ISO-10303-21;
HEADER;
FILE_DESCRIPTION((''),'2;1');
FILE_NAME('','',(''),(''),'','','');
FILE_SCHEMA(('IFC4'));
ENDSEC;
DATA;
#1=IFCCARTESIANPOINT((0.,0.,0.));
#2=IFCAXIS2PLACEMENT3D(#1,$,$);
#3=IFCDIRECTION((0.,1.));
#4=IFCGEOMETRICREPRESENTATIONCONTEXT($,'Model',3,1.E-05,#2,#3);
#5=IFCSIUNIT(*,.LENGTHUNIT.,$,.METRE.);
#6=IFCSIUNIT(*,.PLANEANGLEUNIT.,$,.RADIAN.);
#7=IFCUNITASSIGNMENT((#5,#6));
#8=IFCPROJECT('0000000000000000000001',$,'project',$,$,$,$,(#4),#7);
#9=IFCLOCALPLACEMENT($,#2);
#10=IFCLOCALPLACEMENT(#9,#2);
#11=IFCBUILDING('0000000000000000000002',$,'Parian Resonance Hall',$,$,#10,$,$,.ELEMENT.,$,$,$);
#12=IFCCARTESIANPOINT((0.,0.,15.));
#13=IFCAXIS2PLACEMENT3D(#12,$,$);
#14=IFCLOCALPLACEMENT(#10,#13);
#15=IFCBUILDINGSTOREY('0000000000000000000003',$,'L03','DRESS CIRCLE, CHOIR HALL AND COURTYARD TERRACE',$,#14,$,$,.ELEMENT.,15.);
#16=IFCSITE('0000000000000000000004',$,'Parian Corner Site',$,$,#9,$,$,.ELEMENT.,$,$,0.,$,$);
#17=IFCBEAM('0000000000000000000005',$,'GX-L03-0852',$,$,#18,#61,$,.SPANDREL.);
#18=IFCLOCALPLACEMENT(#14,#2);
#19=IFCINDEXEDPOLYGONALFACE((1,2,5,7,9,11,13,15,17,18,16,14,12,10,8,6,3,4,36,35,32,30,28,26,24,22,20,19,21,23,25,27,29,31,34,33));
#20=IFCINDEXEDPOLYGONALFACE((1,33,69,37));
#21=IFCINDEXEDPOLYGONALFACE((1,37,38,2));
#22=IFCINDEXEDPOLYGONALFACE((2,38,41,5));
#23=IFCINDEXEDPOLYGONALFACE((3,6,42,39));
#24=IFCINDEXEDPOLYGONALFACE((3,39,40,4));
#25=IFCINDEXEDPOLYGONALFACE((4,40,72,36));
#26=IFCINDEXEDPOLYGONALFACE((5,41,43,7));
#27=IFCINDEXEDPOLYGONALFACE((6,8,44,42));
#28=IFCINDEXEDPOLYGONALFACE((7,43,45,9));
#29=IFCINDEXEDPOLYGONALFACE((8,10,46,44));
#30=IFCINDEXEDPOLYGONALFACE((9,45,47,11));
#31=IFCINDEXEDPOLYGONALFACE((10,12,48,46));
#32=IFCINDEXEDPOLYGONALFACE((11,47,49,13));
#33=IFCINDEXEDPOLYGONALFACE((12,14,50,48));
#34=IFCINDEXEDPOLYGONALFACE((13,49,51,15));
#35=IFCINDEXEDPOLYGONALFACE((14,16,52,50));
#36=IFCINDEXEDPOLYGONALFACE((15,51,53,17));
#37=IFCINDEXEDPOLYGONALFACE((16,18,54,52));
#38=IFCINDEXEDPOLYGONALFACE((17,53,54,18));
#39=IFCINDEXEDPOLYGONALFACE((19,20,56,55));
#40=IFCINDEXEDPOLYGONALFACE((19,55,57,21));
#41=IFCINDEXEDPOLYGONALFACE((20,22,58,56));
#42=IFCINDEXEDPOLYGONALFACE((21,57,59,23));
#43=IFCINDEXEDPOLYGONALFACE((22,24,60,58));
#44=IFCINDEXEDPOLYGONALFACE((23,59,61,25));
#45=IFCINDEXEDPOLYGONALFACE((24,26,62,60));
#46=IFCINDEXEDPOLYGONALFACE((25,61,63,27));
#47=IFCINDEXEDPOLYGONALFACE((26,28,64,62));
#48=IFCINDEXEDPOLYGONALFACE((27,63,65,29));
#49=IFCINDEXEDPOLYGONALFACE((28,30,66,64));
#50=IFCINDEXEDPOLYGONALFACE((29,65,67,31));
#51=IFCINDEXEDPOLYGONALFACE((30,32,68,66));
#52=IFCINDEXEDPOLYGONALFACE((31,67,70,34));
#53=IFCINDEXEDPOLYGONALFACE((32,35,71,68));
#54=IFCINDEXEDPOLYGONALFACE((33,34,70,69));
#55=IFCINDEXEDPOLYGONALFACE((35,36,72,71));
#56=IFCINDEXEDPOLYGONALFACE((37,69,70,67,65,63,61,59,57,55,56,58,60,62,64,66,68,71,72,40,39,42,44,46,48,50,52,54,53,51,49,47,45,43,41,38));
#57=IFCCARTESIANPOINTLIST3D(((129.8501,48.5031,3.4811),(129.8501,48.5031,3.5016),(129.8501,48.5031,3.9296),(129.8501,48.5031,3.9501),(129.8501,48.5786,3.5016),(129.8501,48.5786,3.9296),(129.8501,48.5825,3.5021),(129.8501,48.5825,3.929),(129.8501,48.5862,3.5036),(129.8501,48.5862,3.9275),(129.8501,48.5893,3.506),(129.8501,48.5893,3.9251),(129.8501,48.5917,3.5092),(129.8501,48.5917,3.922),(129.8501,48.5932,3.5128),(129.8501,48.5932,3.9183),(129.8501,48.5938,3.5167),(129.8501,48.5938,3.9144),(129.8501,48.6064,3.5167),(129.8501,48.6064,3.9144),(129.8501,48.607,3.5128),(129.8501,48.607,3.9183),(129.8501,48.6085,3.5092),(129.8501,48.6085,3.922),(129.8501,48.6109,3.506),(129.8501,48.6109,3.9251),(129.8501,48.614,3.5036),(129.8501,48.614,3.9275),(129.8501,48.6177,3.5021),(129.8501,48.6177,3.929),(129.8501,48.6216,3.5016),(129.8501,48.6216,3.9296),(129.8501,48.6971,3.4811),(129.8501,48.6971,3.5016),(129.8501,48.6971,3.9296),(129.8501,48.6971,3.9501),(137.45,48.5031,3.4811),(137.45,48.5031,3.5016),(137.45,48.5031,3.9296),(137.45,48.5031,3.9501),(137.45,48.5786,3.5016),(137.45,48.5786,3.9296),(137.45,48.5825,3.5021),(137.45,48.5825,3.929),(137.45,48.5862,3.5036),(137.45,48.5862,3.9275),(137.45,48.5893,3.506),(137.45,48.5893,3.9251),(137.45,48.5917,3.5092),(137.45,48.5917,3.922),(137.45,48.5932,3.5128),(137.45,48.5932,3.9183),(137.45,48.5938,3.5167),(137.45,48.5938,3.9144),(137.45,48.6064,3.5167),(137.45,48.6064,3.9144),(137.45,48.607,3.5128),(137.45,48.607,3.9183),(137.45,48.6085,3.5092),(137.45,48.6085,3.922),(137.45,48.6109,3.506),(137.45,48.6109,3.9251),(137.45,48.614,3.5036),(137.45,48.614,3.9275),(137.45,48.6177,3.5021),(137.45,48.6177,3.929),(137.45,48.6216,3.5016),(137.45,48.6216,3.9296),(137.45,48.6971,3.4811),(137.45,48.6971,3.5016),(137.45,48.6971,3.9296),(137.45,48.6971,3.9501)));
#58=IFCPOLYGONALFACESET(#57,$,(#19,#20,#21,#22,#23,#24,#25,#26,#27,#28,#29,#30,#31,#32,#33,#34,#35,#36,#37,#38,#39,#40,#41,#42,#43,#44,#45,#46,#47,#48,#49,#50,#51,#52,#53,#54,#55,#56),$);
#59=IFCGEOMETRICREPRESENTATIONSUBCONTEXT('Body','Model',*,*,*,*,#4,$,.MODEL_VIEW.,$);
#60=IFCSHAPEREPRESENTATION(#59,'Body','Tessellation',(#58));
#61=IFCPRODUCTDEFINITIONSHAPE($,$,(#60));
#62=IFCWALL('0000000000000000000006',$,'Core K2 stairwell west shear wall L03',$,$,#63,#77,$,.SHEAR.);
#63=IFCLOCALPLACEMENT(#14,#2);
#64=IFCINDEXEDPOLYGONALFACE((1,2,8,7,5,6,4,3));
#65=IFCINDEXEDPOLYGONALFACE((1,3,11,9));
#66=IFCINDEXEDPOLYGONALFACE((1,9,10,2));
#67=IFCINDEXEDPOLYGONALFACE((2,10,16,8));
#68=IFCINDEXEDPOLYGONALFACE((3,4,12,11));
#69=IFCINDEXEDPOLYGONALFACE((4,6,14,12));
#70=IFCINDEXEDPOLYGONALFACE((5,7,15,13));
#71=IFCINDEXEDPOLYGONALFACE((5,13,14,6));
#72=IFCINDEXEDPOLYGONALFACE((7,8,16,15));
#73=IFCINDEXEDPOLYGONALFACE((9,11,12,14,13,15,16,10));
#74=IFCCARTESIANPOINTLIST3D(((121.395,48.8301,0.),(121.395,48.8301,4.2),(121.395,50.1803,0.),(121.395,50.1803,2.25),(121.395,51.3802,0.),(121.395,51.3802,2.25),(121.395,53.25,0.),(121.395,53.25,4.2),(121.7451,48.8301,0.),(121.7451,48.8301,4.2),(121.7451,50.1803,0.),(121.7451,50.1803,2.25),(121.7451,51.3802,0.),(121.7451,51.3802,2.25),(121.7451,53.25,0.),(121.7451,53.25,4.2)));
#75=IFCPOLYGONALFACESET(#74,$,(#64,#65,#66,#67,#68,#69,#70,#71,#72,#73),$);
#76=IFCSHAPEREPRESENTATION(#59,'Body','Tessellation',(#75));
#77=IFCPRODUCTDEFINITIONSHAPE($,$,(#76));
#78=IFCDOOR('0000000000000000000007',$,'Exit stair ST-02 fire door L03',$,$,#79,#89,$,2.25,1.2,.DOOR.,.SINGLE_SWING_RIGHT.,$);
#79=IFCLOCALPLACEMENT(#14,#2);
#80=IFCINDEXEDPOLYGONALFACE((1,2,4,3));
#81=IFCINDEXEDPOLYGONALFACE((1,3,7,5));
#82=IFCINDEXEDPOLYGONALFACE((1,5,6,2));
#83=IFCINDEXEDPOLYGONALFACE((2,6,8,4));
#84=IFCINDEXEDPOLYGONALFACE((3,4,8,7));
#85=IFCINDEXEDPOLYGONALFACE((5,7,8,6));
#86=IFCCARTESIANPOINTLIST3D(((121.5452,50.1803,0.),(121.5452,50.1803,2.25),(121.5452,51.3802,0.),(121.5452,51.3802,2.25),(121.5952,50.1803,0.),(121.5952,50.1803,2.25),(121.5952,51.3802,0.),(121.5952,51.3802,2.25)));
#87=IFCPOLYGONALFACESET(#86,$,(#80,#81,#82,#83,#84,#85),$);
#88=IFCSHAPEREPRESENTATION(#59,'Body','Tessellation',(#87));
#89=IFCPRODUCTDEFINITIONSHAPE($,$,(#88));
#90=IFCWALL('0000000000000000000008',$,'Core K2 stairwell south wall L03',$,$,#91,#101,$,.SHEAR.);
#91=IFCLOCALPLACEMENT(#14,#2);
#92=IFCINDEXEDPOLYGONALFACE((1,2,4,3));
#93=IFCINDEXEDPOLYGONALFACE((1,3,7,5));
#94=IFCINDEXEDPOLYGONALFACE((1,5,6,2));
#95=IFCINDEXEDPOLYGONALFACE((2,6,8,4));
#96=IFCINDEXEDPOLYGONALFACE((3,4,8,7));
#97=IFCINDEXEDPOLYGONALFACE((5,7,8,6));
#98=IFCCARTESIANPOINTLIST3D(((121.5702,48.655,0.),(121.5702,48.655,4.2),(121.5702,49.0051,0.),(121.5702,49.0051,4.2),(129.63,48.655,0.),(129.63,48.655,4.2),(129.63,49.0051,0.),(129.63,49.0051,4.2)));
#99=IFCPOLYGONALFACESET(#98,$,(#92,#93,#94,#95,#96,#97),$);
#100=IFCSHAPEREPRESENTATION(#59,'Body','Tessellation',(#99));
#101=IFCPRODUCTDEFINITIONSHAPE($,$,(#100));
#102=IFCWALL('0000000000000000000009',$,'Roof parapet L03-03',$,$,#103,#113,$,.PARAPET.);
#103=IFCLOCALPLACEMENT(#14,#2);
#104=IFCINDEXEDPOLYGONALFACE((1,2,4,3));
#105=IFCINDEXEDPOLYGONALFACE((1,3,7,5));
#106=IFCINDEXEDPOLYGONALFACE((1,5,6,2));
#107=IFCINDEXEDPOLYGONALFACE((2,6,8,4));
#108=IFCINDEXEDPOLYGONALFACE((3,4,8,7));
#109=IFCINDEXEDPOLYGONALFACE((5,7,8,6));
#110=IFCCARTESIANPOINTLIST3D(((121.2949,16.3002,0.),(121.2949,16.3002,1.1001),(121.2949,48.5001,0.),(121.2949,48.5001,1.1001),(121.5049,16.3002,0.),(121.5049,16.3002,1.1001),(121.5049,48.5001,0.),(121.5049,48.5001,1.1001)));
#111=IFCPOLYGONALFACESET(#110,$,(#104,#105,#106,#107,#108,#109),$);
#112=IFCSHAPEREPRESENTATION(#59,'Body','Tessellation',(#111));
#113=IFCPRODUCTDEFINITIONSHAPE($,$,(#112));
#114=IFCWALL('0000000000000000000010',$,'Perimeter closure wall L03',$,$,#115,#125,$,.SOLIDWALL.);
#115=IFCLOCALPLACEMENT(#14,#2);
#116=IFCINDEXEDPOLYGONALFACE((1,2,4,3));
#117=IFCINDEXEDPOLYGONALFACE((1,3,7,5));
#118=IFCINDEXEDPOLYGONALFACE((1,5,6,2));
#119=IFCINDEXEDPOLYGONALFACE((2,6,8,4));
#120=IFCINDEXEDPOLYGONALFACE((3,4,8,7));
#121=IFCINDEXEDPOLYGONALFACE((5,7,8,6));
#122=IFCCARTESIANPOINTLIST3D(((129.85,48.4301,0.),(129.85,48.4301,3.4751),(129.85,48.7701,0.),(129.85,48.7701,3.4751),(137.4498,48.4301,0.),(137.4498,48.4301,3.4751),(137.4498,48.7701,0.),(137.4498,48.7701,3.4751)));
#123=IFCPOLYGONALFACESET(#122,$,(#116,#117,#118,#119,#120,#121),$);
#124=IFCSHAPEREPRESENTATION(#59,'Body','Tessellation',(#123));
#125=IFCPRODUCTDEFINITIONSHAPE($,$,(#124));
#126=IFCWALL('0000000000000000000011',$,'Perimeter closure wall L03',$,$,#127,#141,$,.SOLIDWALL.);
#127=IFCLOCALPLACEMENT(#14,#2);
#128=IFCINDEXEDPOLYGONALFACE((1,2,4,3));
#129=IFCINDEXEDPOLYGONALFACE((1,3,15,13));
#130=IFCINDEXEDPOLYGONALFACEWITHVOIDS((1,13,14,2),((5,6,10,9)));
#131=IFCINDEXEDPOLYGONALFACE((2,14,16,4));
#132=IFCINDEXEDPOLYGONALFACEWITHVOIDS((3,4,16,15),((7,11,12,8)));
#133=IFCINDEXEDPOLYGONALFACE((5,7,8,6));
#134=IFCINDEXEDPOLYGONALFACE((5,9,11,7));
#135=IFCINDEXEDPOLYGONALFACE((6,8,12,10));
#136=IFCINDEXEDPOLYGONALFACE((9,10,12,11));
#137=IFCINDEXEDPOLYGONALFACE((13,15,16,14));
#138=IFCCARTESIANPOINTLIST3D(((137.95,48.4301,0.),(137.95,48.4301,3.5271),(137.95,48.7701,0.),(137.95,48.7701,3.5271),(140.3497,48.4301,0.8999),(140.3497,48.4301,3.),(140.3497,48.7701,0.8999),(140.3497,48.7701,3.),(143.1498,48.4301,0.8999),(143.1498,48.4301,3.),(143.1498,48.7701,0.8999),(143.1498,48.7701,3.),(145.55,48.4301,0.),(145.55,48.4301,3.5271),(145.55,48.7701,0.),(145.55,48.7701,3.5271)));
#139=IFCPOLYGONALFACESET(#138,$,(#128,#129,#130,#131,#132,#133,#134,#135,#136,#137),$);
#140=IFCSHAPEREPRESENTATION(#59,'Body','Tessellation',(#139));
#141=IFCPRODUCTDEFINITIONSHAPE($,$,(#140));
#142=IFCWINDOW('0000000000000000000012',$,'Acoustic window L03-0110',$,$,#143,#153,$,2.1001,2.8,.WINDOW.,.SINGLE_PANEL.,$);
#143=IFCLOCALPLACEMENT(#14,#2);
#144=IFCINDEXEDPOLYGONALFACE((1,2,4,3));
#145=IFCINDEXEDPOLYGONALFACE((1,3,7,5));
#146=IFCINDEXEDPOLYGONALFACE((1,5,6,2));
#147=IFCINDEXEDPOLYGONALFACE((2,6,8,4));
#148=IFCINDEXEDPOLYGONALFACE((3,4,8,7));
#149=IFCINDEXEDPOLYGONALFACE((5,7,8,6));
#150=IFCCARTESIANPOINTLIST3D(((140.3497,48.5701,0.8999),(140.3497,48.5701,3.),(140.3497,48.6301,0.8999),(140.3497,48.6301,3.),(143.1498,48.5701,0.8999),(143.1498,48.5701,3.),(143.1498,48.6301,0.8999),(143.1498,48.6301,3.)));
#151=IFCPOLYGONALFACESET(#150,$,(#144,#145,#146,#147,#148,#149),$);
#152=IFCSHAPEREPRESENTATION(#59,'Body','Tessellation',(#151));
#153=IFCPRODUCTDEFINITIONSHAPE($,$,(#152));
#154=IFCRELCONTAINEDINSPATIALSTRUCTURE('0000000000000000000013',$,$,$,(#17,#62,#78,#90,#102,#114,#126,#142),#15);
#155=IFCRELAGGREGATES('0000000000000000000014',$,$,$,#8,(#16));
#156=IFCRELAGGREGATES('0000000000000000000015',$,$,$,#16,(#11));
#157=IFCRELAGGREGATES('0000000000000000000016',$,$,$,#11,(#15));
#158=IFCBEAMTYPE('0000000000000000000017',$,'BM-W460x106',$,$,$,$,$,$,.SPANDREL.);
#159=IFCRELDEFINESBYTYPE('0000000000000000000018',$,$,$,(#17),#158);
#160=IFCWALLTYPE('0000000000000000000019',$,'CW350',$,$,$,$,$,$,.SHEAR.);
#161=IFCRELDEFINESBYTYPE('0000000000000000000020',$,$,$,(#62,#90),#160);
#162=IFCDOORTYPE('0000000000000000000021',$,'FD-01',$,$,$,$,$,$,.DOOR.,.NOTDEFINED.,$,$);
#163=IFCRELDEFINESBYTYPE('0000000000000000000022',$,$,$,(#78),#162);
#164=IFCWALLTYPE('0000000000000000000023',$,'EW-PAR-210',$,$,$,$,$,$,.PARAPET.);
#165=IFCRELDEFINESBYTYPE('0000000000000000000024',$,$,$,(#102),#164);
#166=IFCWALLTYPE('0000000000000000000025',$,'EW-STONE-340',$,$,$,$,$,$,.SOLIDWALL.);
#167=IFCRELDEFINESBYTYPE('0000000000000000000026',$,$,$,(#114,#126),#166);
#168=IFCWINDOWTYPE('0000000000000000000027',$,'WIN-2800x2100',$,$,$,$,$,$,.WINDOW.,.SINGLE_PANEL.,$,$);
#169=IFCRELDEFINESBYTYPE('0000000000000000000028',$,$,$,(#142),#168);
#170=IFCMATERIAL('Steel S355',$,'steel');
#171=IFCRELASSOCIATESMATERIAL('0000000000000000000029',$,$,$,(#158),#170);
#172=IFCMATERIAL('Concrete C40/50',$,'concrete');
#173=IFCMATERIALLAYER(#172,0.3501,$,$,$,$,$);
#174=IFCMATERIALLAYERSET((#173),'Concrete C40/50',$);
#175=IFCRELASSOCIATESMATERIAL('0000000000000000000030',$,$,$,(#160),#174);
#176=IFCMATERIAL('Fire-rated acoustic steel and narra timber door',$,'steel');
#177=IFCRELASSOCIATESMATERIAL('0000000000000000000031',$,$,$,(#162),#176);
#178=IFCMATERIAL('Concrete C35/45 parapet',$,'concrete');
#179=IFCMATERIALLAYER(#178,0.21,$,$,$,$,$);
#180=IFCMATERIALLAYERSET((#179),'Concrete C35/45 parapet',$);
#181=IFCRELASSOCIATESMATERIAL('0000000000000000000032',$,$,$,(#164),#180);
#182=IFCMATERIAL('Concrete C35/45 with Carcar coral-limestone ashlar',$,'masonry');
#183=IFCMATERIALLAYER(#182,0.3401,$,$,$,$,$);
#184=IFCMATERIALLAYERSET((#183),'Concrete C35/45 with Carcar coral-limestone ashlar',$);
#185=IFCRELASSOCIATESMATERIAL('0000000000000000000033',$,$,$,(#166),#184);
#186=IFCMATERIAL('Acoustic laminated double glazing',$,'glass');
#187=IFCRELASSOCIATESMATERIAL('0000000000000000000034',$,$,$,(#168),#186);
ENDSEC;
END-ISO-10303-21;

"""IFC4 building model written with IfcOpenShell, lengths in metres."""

from ifc_helpers import new_model, si_unit, direction, frame, frame_2d, origin, origin_2d, place, context, subcontext, project, spatial, rectangle, i_section, extrude, material, layer, layer_set, material_profile, profile_set, type_object, element, fill, save


model = new_model("IFC4")

# Units and contexts
model_context = context("Model", 3, precision=1e-05, world=origin(), true_north=direction((0.0, 1.0)))
body_context = subcontext(model_context, "Body", "Model", "MODEL_VIEW")
ifc_project = project(units=[si_unit("LENGTHUNIT", "METRE"), si_unit("PLANEANGLEUNIT", "RADIAN")], contexts=[model_context])

# Site, building, storey
site_placement = place(None, origin())
site = spatial("IfcSite", under=ifc_project, at=site_placement, Name="Parian Corner Site", CompositionType="ELEMENT", RefElevation=0.0)
building_placement = place(site_placement, origin())
building = spatial("IfcBuilding", under=site, at=building_placement, Name="Parian Resonance Hall", CompositionType="ELEMENT")
storey_placement = place(building_placement, frame((0.0, 0.0, 15.0)))
storey = spatial("IfcBuildingStorey", under=building, at=storey_placement, Name="L03", Description="DRESS CIRCLE, CHOIR HALL AND COURTYARD TERRACE", CompositionType="ELEMENT", Elevation=15.0)

# Beam
ifc_material_1 = material(Name="Steel S355", Category="steel")
ifc_material_profile_1 = material_profile(ifc_material_1, i_section(OverallWidth=0.1941, OverallDepth=0.469, WebThickness=0.0127, FlangeThickness=0.0205, FilletRadius=0.0151, at=origin_2d()), Name="W460x106")
ifc_profile_set_1 = profile_set([ifc_material_profile_1], Name="Steel S355")
beam_type_1 = type_object("IfcBeamType", Name="BM-W460x106", PredefinedType="SPANDREL", material=ifc_profile_set_1)
beam_1_placement = place(storey_placement, frame((129.8501, 48.6001, 3.7156), z_axis=(1.0, 0.0, 0.0), x_axis=(0.0, 1.0, 0.0)))
element("IfcBeam", 1, at=beam_1_placement, inside=storey, type_object=beam_type_1, Name="GX-L03-0852", PredefinedType="SPANDREL", context=body_context, shape_type="SweptSolid", body=[
    extrude(i_section(OverallWidth=0.1941, OverallDepth=0.469, WebThickness=0.0127, FlangeThickness=0.0205, FilletRadius=0.0151, at=origin_2d()), origin(), (0.0, 0.0, 1.0), 7.5999),
])

# Wall, opening, door
ifc_material_2 = material(Name="Concrete C40/50", Category="concrete")
ifc_layer_1 = layer(ifc_material_2, 0.3501)
ifc_layer_set_1 = layer_set([ifc_layer_1], Name="Concrete C40/50")
wall_type_1 = type_object("IfcWallType", Name="CW350", PredefinedType="SHEAR", material=ifc_layer_set_1)
wall_1_placement = place(storey_placement, frame((121.5701, 48.8301, 0.0), z_axis=(0.0, 0.0, 1.0), x_axis=(0.0, 1.0, 0.0)))
wall_1 = element("IfcWall", 2, at=wall_1_placement, inside=storey, type_object=wall_type_1, Name="Core K2 stairwell west shear wall L03", PredefinedType="SHEAR", context=body_context, shape_type="SweptSolid", body=[
    extrude(rectangle(XDim=4.4199, YDim=0.3501, at=frame_2d((2.21, 0.0))), origin(), (0.0, 0.0, 1.0), 4.2),
])
opening_1_placement = place(wall_1_placement, frame((1.3501, 0.0, 0.0)))
opening_1 = element("IfcOpeningElement", 3, at=opening_1_placement, cuts=wall_1, PredefinedType="OPENING", context=body_context, shape_type="SweptSolid", body=[
    extrude(rectangle(XDim=1.2, YDim=2.25, at=frame_2d((0.6001, 1.125))), frame((0.0, 0.1851, 0.0), z_axis=(0.0, -1.0, 0.0), x_axis=(1.0, 0.0, 0.0)), (0.0, 0.0, 1.0), 0.3701),
])
ifc_material_3 = material(Name="Fire-rated acoustic steel and narra timber door", Category="steel")
door_type_1 = type_object("IfcDoorType", Name="FD-01", OperationType="NOTDEFINED", PredefinedType="DOOR", material=ifc_material_3)
door_1_placement = place(opening_1_placement, origin())
door_1 = element("IfcDoor", 4, at=door_1_placement, inside=storey, type_object=door_type_1, Name="Exit stair ST-02 fire door L03", OperationType="SINGLE_SWING_RIGHT", OverallHeight=2.25, OverallWidth=1.2, PredefinedType="DOOR", context=body_context, shape_type="SweptSolid", body=[
    extrude(rectangle(XDim=1.2, YDim=2.25, at=frame_2d((0.6001, 1.125))), frame((0.0, 0.0249, 0.0), z_axis=(0.0, -1.0, 0.0), x_axis=(1.0, 0.0, 0.0)), (0.0, 0.0, 1.0), 0.05),
])
fill(opening_1, door_1)

# Walls
wall_2_placement = place(storey_placement, frame((129.6299, 48.8301, 0.0), z_axis=(0.0, 0.0, 1.0), x_axis=(-1.0, 0.0, 0.0)))
element("IfcWall", 5, at=wall_2_placement, inside=storey, type_object=wall_type_1, Name="Core K2 stairwell south wall L03", PredefinedType="SHEAR", context=body_context, shape_type="SweptSolid", body=[
    extrude(rectangle(XDim=8.0598, YDim=0.3501, at=frame_2d((4.0298, 0.0))), origin(), (0.0, 0.0, 1.0), 4.2),
])
ifc_material_4 = material(Name="Concrete C35/45 parapet", Category="concrete")
ifc_layer_2 = layer(ifc_material_4, 0.21)
ifc_layer_set_2 = layer_set([ifc_layer_2], Name="Concrete C35/45 parapet")
wall_type_2 = type_object("IfcWallType", Name="EW-PAR-210", PredefinedType="PARAPET", material=ifc_layer_set_2)
wall_3_placement = place(storey_placement, frame((121.3999, 16.3, 0.0), z_axis=(0.0, 0.0, 1.0), x_axis=(0.0, 1.0, 0.0)))
element("IfcWall", 6, at=wall_3_placement, inside=storey, type_object=wall_type_2, Name="Roof parapet L03-03", PredefinedType="PARAPET", context=body_context, shape_type="SweptSolid", body=[
    extrude(rectangle(XDim=32.2, YDim=0.21, at=frame_2d((16.1001, 0.0))), origin(), (0.0, 0.0, 1.0), 1.1001),
])
ifc_material_5 = material(Name="Concrete C35/45 with Carcar coral-limestone ashlar", Category="masonry")
ifc_layer_3 = layer(ifc_material_5, 0.3401)
ifc_layer_set_3 = layer_set([ifc_layer_3], Name="Concrete C35/45 with Carcar coral-limestone ashlar")
wall_type_3 = type_object("IfcWallType", Name="EW-STONE-340", PredefinedType="SOLIDWALL", material=ifc_layer_set_3)
wall_4_placement = place(storey_placement, frame((129.8501, 48.6001, 0.0), z_axis=(0.0, 0.0, 1.0), x_axis=(1.0, 0.0, 0.0)))
element("IfcWall", 7, at=wall_4_placement, inside=storey, type_object=wall_type_3, Name="Perimeter closure wall L03", PredefinedType="SOLIDWALL", context=body_context, shape_type="SweptSolid", body=[
    extrude(rectangle(XDim=7.5999, YDim=0.3401, at=frame_2d((3.7998, 0.0))), origin(), (0.0, 0.0, 1.0), 3.4751),
])

# Wall, opening, window
wall_5_placement = place(storey_placement, frame((137.95, 48.6001, 0.0), z_axis=(0.0, 0.0, 1.0), x_axis=(1.0, 0.0, 0.0)))
wall_5 = element("IfcWall", 8, at=wall_5_placement, inside=storey, type_object=wall_type_3, Name="Perimeter closure wall L03", PredefinedType="SOLIDWALL", context=body_context, shape_type="SweptSolid", body=[
    extrude(rectangle(XDim=7.6001, YDim=0.3401, at=frame_2d((3.8, 0.0))), origin(), (0.0, 0.0, 1.0), 3.5271),
])
opening_2_placement = place(wall_5_placement, frame((2.3999, 0.0, 0.8999)))
opening_2 = element("IfcOpeningElement", 9, at=opening_2_placement, cuts=wall_5, PredefinedType="OPENING", context=body_context, shape_type="SweptSolid", body=[
    extrude(rectangle(XDim=2.8, YDim=2.1001, at=frame_2d((1.3999, 1.05))), frame((0.0, 0.1799, 0.0), z_axis=(0.0, -1.0, 0.0), x_axis=(1.0, 0.0, 0.0)), (0.0, 0.0, 1.0), 0.3601),
])
ifc_material_6 = material(Name="Acoustic laminated double glazing", Category="glass")
window_type = type_object("IfcWindowType", Name="WIN-2800x2100", PartitioningType="SINGLE_PANEL", PredefinedType="WINDOW", material=ifc_material_6)
window_placement = place(opening_2_placement, origin())
window = element("IfcWindow", 10, at=window_placement, inside=storey, type_object=window_type, Name="Acoustic window L03-0110", OverallHeight=2.1001, OverallWidth=2.8, PartitioningType="SINGLE_PANEL", PredefinedType="WINDOW", context=body_context, shape_type="SweptSolid", body=[
    extrude(rectangle(XDim=2.8, YDim=2.1001, at=frame_2d((1.3999, 1.05))), frame((0.0, 0.03, 0.0), z_axis=(0.0, -1.0, 0.0), x_axis=(1.0, 0.0, 0.0)), (0.0, 0.0, 1.0), 0.0601),
])
fill(opening_2, window)

save(model, "model.ifc")
